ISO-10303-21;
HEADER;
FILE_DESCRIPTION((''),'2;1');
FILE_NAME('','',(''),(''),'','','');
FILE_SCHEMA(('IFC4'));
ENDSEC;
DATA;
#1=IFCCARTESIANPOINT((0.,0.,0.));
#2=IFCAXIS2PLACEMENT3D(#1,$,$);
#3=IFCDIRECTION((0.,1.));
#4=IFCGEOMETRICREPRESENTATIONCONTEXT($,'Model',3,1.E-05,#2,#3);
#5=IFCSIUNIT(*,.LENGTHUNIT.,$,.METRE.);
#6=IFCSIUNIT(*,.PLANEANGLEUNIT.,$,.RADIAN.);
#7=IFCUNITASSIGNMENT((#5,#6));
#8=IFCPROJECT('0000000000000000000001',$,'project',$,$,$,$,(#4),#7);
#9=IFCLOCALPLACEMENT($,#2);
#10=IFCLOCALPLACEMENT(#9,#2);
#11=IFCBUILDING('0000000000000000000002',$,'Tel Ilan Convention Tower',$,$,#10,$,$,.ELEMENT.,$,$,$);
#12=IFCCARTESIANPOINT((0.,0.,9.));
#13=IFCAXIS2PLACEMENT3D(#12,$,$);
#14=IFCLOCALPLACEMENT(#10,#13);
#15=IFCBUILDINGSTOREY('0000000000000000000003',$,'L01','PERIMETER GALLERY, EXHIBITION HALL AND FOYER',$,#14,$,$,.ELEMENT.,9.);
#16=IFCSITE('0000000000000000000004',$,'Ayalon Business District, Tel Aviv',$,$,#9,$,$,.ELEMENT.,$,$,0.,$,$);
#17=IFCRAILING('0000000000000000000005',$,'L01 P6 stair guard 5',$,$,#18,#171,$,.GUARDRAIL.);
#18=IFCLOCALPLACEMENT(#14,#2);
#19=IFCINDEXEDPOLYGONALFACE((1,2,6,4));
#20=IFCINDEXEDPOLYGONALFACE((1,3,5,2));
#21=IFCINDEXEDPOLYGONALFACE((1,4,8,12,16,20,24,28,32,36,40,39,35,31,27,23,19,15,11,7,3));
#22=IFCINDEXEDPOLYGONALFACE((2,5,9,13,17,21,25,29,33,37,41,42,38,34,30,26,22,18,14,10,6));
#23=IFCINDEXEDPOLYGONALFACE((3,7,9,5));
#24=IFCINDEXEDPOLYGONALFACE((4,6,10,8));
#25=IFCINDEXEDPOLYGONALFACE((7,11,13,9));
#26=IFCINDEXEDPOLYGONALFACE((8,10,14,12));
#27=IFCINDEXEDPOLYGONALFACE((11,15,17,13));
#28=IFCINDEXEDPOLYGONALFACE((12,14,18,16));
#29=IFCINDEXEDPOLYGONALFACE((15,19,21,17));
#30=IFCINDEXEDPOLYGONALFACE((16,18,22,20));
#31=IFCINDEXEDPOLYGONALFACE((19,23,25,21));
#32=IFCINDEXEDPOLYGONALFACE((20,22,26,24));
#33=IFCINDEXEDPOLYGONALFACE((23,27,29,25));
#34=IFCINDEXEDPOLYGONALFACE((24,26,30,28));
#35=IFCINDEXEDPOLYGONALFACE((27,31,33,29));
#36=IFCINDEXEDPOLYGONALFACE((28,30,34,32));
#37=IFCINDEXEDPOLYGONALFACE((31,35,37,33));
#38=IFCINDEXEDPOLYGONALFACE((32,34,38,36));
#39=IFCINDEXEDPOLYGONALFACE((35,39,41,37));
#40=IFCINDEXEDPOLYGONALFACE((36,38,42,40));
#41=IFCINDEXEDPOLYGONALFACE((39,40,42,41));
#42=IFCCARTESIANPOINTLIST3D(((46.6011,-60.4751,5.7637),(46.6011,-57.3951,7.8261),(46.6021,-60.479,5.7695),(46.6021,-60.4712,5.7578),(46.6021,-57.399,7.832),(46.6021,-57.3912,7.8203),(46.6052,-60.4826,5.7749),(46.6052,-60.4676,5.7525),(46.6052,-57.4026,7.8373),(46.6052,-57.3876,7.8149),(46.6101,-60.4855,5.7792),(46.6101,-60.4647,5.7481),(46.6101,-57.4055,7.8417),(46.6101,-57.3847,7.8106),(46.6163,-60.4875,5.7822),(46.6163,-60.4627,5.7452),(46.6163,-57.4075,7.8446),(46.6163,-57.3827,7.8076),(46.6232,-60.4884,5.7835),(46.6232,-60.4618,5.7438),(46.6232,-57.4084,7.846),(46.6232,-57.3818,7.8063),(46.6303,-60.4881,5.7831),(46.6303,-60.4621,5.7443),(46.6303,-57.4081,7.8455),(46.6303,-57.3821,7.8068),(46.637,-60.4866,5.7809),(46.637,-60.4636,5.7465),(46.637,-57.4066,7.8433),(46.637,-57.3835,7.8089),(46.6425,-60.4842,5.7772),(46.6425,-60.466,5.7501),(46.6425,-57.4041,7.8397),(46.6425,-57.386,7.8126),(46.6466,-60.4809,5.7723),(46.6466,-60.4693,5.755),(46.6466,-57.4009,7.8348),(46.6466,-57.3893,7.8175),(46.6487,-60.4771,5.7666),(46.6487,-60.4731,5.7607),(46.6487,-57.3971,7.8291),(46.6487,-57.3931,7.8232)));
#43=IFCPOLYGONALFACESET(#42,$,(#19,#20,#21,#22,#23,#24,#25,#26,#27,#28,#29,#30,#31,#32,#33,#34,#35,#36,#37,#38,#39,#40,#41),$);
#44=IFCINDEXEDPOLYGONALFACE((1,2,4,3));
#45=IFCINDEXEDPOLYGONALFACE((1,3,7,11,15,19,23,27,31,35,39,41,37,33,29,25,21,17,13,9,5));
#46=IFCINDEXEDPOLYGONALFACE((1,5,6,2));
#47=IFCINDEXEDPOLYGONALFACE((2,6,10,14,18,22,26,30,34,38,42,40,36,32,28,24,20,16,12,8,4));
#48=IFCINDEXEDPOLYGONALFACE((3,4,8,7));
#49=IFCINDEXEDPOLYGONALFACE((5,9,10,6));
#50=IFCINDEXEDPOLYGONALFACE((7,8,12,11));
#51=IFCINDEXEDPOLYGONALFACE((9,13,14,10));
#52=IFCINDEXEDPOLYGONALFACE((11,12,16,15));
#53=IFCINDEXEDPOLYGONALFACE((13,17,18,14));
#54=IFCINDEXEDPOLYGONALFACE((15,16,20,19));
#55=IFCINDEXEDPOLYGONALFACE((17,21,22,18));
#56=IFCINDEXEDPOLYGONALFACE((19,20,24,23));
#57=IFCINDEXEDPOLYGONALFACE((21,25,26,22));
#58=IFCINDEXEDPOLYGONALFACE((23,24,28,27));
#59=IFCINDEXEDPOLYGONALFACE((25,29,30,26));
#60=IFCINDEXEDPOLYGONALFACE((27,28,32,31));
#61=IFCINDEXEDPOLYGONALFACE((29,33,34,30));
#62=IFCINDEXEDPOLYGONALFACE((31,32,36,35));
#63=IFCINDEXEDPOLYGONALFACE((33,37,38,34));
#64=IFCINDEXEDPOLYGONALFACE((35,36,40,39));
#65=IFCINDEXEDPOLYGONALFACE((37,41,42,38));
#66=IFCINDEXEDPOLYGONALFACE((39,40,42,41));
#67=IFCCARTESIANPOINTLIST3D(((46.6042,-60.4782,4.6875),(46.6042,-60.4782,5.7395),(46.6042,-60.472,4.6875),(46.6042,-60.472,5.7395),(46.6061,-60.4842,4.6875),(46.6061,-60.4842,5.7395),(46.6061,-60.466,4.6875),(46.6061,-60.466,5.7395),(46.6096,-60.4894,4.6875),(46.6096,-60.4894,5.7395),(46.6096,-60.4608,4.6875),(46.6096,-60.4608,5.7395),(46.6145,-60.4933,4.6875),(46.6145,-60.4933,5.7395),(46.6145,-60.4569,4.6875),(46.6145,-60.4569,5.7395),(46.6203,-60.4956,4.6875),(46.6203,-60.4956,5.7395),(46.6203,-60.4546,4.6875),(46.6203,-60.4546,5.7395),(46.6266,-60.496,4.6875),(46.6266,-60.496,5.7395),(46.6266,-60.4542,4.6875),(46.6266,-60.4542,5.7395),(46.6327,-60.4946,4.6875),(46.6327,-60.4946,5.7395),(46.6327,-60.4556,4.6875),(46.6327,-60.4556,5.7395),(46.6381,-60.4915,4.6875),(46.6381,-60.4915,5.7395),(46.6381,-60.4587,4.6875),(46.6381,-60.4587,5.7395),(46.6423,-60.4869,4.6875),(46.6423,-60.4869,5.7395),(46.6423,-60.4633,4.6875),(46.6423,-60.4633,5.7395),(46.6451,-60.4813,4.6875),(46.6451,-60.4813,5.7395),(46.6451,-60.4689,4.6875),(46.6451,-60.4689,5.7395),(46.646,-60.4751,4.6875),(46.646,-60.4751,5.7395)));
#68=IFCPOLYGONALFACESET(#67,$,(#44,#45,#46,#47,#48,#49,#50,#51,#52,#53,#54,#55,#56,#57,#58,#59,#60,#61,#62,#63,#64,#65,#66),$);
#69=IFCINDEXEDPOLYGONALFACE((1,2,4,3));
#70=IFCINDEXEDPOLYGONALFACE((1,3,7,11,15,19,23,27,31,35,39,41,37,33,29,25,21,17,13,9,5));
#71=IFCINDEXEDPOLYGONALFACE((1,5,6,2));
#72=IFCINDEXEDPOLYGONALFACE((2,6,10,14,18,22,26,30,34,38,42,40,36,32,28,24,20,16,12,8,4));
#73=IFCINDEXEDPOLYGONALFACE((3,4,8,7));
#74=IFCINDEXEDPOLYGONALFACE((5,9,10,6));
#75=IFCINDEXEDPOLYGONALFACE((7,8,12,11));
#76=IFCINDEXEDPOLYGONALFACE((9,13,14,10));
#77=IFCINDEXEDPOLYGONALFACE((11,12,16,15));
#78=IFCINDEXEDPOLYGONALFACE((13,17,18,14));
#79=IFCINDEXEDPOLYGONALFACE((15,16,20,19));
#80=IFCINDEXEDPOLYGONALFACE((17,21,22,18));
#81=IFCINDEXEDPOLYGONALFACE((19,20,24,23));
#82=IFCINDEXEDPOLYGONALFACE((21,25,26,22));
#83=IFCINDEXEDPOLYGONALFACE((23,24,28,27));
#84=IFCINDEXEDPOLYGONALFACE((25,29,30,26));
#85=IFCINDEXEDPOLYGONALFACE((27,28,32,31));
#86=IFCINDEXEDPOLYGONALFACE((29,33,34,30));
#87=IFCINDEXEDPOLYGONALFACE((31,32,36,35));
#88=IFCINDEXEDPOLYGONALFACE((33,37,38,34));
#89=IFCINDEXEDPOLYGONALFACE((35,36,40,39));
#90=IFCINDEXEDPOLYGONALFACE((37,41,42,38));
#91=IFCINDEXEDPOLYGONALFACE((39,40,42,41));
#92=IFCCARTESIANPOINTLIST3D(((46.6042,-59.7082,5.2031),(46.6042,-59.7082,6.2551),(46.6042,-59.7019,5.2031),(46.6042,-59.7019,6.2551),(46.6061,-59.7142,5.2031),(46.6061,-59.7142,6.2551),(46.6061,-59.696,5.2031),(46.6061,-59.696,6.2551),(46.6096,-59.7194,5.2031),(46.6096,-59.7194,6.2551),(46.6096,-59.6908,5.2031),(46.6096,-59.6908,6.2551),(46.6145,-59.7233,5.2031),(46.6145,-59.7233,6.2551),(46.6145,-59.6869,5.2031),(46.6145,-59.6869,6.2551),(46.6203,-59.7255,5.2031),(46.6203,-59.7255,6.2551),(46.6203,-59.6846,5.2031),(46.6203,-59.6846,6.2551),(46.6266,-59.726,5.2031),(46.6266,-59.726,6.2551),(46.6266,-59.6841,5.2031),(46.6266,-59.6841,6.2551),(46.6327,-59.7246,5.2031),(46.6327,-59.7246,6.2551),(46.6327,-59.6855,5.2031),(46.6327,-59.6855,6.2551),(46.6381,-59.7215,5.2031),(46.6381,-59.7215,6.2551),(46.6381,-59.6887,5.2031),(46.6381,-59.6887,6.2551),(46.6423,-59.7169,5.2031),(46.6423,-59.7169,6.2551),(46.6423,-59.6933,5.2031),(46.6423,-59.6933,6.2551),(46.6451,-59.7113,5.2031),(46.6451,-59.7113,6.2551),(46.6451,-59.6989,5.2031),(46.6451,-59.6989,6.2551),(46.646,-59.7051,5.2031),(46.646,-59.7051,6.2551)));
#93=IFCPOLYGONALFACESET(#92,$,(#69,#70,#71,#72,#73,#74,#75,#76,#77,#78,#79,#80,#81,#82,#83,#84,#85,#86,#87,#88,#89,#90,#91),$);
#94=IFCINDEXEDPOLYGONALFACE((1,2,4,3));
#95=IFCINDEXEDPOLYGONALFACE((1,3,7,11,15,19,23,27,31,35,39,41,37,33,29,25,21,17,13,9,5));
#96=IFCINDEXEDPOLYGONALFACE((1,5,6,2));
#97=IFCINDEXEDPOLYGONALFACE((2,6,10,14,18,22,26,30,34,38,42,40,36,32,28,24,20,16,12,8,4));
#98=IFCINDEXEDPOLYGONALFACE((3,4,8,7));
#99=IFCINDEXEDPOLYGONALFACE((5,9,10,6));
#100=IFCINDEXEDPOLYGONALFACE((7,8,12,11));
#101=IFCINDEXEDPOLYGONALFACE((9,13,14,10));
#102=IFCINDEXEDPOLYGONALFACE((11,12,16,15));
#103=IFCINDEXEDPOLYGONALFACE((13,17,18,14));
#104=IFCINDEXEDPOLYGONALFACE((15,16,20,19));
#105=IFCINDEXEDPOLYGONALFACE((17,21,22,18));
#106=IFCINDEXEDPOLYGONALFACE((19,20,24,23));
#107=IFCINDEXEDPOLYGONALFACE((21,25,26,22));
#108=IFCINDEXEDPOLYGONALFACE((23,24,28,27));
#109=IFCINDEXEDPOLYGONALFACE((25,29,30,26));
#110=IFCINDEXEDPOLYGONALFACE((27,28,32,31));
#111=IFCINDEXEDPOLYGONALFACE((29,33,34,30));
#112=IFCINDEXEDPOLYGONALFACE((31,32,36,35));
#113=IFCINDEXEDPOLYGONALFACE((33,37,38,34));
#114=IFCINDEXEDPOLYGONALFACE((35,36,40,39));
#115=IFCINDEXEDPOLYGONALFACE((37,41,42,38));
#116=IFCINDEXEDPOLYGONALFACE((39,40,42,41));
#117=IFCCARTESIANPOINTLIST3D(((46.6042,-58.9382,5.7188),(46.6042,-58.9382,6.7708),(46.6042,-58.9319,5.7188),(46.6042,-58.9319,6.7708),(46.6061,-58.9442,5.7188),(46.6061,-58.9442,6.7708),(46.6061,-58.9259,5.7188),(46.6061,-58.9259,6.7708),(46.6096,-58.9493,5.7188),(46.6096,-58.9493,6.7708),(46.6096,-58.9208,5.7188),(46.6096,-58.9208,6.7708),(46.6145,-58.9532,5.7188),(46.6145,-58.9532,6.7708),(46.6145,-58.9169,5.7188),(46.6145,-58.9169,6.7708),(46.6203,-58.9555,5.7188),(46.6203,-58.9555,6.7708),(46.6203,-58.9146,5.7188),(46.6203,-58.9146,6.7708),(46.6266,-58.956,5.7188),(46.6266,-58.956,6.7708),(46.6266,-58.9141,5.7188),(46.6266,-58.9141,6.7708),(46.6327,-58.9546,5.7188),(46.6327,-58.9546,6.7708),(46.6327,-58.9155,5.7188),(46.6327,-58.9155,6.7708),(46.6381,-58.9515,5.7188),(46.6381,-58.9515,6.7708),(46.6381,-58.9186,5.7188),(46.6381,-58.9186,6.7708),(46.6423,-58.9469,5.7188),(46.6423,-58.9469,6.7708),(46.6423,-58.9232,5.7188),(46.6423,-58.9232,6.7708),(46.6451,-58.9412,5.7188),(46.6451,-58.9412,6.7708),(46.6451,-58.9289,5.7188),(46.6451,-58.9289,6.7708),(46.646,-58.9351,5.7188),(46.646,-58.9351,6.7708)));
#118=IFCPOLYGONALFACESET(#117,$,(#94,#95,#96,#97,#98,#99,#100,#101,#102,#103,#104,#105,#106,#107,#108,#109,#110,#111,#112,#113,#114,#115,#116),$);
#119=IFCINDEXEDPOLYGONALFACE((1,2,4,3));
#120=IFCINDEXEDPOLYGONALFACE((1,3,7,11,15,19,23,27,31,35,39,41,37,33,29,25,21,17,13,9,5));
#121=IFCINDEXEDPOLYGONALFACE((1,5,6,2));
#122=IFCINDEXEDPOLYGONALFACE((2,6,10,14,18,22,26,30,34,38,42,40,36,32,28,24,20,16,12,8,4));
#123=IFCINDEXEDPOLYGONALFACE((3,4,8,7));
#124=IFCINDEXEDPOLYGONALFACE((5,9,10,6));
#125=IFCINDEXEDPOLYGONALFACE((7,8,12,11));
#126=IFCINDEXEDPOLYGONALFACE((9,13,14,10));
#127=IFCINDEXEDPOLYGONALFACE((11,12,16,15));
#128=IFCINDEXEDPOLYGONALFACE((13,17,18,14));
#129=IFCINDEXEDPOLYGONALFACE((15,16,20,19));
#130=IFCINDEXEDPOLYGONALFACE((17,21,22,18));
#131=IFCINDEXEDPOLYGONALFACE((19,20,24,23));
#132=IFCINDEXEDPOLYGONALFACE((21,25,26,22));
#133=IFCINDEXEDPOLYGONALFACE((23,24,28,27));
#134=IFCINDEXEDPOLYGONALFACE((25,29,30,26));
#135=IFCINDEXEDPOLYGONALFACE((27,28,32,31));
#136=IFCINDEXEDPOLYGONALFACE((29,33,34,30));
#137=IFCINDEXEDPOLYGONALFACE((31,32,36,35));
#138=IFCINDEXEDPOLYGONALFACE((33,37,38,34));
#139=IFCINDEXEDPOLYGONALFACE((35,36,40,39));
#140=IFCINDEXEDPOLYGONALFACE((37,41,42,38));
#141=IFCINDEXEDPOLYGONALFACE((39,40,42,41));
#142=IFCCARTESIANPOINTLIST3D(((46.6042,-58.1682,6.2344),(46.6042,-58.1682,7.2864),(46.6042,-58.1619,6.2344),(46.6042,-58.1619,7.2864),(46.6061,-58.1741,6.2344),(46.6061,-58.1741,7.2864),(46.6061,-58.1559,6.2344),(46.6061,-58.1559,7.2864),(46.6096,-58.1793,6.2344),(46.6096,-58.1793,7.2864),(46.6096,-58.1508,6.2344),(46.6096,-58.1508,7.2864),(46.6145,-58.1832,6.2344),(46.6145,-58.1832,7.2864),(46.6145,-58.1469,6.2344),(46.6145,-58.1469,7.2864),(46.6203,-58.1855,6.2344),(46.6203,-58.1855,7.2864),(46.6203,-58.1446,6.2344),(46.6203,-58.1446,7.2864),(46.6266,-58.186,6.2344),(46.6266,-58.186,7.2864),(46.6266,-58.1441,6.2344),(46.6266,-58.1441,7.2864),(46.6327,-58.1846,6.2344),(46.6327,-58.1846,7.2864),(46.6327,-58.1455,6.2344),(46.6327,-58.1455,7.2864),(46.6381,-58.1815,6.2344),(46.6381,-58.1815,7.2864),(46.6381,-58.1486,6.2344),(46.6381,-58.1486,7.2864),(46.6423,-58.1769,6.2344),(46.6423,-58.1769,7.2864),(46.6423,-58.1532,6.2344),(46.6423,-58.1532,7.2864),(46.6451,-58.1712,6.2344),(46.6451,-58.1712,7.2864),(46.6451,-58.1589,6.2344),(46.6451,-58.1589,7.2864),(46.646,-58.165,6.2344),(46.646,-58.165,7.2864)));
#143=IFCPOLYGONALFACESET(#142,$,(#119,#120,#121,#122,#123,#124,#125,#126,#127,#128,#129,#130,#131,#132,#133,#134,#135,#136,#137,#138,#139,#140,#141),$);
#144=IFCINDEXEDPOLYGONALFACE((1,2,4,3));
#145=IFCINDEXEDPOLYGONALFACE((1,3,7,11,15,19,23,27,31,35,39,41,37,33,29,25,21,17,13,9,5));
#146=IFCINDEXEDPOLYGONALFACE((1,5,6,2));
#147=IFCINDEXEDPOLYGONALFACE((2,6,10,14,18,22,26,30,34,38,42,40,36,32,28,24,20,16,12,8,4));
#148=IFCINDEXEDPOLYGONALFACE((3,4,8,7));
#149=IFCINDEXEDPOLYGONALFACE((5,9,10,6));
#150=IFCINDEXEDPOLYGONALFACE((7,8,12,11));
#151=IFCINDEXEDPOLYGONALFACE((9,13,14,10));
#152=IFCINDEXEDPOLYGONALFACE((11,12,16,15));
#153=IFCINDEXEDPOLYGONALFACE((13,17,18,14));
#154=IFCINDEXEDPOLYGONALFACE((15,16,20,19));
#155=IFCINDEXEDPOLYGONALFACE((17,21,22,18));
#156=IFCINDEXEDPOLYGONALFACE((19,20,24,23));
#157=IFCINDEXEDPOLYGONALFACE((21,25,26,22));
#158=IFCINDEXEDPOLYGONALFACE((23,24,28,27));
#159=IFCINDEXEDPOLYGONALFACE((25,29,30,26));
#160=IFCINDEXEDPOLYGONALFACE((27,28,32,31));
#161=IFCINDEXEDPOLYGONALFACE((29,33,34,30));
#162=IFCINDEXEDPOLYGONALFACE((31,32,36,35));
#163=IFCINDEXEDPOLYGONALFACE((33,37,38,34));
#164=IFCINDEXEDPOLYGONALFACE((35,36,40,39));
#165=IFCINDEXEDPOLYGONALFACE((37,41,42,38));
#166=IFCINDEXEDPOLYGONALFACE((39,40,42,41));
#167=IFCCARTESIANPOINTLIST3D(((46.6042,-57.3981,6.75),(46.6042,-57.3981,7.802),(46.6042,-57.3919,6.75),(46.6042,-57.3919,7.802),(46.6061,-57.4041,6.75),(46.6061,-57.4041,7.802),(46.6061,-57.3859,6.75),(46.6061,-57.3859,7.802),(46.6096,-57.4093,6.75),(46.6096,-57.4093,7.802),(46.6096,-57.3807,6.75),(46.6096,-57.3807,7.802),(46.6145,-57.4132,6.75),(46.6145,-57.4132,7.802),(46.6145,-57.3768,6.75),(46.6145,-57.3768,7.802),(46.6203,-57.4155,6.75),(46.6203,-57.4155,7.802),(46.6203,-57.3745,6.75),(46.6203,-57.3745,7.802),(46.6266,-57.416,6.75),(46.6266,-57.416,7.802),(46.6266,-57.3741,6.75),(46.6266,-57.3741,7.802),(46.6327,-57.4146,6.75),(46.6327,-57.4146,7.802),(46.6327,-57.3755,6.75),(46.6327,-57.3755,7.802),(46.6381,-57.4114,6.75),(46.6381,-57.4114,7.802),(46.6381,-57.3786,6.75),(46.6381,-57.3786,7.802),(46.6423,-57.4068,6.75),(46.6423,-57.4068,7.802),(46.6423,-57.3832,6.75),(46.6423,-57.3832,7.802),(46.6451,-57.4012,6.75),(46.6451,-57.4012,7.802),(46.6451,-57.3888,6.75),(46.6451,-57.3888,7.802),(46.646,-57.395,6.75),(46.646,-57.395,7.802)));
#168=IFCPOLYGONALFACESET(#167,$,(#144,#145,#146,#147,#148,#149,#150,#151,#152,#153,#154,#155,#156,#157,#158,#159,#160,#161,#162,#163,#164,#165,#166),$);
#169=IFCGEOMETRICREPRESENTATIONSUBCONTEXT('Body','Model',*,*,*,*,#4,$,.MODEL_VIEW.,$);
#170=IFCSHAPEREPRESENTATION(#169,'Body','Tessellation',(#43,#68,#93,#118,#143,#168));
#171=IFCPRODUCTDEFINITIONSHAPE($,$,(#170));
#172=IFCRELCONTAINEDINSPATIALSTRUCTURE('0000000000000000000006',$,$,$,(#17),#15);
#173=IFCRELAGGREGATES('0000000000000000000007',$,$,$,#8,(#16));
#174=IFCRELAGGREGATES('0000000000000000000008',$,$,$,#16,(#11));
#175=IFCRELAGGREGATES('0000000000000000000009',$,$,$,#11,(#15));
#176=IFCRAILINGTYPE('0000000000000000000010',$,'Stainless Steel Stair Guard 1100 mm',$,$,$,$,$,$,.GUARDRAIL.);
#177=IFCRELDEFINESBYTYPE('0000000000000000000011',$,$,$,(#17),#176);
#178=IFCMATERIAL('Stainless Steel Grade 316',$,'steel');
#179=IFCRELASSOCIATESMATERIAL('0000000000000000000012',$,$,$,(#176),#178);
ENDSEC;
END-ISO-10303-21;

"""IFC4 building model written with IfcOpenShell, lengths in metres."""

from ifc_helpers import new_model, si_unit, direction, frame, origin, origin_2d, place, context, subcontext, project, spatial, circle, extrude, material, type_object, element, save


model = new_model("IFC4")

# Units and contexts
model_context = context("Model", 3, precision=1e-05, world=origin(), true_north=direction((0.0, 1.0)))
body_context = subcontext(model_context, "Body", "Model", "MODEL_VIEW")
ifc_project = project(units=[si_unit("LENGTHUNIT", "METRE"), si_unit("PLANEANGLEUNIT", "RADIAN")], contexts=[model_context])

# Site, building, storey
site_placement = place(None, origin())
site = spatial("IfcSite", under=ifc_project, at=site_placement, Name="Ayalon Business District, Tel Aviv", CompositionType="ELEMENT", RefElevation=0.0)
building_placement = place(site_placement, origin())
building = spatial("IfcBuilding", under=site, at=building_placement, Name="Tel Ilan Convention Tower", CompositionType="ELEMENT")
storey_placement = place(building_placement, frame((0.0, 0.0, 9.0)))
storey = spatial("IfcBuildingStorey", under=building, at=storey_placement, Name="L01", Description="PERIMETER GALLERY, EXHIBITION HALL AND FOYER", CompositionType="ELEMENT", Elevation=9.0)

# Railing
ifc_material_1 = material(Name="Stainless Steel Grade 316", Category="steel")
railing_type_1 = type_object("IfcRailingType", Name="Stainless Steel Stair Guard 1100 mm", PredefinedType="GUARDRAIL", material=ifc_material_1)
railing_1_placement = place(storey_placement, frame((46.625, -60.4751, 4.6875)))
element("IfcRailing", 1, at=railing_1_placement, inside=storey, type_object=railing_type_1, Name="L01 P6 stair guard 5", PredefinedType="GUARDRAIL", context=body_context, shape_type="SweptSolid", body=[
    extrude(circle(Radius=0.0239, at=origin_2d()), frame((0.0, 0.0, 1.0762), z_axis=(0.0, 0.830914, 0.556401), x_axis=(-1.0, 0.0, 0.0)), (0.0, 0.0, 1.0), 3.7068),
    extrude(circle(Radius=0.021, at=origin_2d()), origin(), (0.0, 0.0, 1.0), 1.052),
    extrude(circle(Radius=0.021, at=origin_2d()), frame((0.0, 0.77, 0.5156)), (0.0, 0.0, 1.0), 1.052),
    extrude(circle(Radius=0.021, at=origin_2d()), frame((0.0, 1.54, 1.0312)), (0.0, 0.0, 1.0), 1.052),
    extrude(circle(Radius=0.021, at=origin_2d()), frame((0.0, 2.3101, 1.5469)), (0.0, 0.0, 1.0), 1.052),
    extrude(circle(Radius=0.021, at=origin_2d()), frame((0.0, 3.0801, 2.0625)), (0.0, 0.0, 1.0), 1.052),
])

save(model, "model.ifc")
